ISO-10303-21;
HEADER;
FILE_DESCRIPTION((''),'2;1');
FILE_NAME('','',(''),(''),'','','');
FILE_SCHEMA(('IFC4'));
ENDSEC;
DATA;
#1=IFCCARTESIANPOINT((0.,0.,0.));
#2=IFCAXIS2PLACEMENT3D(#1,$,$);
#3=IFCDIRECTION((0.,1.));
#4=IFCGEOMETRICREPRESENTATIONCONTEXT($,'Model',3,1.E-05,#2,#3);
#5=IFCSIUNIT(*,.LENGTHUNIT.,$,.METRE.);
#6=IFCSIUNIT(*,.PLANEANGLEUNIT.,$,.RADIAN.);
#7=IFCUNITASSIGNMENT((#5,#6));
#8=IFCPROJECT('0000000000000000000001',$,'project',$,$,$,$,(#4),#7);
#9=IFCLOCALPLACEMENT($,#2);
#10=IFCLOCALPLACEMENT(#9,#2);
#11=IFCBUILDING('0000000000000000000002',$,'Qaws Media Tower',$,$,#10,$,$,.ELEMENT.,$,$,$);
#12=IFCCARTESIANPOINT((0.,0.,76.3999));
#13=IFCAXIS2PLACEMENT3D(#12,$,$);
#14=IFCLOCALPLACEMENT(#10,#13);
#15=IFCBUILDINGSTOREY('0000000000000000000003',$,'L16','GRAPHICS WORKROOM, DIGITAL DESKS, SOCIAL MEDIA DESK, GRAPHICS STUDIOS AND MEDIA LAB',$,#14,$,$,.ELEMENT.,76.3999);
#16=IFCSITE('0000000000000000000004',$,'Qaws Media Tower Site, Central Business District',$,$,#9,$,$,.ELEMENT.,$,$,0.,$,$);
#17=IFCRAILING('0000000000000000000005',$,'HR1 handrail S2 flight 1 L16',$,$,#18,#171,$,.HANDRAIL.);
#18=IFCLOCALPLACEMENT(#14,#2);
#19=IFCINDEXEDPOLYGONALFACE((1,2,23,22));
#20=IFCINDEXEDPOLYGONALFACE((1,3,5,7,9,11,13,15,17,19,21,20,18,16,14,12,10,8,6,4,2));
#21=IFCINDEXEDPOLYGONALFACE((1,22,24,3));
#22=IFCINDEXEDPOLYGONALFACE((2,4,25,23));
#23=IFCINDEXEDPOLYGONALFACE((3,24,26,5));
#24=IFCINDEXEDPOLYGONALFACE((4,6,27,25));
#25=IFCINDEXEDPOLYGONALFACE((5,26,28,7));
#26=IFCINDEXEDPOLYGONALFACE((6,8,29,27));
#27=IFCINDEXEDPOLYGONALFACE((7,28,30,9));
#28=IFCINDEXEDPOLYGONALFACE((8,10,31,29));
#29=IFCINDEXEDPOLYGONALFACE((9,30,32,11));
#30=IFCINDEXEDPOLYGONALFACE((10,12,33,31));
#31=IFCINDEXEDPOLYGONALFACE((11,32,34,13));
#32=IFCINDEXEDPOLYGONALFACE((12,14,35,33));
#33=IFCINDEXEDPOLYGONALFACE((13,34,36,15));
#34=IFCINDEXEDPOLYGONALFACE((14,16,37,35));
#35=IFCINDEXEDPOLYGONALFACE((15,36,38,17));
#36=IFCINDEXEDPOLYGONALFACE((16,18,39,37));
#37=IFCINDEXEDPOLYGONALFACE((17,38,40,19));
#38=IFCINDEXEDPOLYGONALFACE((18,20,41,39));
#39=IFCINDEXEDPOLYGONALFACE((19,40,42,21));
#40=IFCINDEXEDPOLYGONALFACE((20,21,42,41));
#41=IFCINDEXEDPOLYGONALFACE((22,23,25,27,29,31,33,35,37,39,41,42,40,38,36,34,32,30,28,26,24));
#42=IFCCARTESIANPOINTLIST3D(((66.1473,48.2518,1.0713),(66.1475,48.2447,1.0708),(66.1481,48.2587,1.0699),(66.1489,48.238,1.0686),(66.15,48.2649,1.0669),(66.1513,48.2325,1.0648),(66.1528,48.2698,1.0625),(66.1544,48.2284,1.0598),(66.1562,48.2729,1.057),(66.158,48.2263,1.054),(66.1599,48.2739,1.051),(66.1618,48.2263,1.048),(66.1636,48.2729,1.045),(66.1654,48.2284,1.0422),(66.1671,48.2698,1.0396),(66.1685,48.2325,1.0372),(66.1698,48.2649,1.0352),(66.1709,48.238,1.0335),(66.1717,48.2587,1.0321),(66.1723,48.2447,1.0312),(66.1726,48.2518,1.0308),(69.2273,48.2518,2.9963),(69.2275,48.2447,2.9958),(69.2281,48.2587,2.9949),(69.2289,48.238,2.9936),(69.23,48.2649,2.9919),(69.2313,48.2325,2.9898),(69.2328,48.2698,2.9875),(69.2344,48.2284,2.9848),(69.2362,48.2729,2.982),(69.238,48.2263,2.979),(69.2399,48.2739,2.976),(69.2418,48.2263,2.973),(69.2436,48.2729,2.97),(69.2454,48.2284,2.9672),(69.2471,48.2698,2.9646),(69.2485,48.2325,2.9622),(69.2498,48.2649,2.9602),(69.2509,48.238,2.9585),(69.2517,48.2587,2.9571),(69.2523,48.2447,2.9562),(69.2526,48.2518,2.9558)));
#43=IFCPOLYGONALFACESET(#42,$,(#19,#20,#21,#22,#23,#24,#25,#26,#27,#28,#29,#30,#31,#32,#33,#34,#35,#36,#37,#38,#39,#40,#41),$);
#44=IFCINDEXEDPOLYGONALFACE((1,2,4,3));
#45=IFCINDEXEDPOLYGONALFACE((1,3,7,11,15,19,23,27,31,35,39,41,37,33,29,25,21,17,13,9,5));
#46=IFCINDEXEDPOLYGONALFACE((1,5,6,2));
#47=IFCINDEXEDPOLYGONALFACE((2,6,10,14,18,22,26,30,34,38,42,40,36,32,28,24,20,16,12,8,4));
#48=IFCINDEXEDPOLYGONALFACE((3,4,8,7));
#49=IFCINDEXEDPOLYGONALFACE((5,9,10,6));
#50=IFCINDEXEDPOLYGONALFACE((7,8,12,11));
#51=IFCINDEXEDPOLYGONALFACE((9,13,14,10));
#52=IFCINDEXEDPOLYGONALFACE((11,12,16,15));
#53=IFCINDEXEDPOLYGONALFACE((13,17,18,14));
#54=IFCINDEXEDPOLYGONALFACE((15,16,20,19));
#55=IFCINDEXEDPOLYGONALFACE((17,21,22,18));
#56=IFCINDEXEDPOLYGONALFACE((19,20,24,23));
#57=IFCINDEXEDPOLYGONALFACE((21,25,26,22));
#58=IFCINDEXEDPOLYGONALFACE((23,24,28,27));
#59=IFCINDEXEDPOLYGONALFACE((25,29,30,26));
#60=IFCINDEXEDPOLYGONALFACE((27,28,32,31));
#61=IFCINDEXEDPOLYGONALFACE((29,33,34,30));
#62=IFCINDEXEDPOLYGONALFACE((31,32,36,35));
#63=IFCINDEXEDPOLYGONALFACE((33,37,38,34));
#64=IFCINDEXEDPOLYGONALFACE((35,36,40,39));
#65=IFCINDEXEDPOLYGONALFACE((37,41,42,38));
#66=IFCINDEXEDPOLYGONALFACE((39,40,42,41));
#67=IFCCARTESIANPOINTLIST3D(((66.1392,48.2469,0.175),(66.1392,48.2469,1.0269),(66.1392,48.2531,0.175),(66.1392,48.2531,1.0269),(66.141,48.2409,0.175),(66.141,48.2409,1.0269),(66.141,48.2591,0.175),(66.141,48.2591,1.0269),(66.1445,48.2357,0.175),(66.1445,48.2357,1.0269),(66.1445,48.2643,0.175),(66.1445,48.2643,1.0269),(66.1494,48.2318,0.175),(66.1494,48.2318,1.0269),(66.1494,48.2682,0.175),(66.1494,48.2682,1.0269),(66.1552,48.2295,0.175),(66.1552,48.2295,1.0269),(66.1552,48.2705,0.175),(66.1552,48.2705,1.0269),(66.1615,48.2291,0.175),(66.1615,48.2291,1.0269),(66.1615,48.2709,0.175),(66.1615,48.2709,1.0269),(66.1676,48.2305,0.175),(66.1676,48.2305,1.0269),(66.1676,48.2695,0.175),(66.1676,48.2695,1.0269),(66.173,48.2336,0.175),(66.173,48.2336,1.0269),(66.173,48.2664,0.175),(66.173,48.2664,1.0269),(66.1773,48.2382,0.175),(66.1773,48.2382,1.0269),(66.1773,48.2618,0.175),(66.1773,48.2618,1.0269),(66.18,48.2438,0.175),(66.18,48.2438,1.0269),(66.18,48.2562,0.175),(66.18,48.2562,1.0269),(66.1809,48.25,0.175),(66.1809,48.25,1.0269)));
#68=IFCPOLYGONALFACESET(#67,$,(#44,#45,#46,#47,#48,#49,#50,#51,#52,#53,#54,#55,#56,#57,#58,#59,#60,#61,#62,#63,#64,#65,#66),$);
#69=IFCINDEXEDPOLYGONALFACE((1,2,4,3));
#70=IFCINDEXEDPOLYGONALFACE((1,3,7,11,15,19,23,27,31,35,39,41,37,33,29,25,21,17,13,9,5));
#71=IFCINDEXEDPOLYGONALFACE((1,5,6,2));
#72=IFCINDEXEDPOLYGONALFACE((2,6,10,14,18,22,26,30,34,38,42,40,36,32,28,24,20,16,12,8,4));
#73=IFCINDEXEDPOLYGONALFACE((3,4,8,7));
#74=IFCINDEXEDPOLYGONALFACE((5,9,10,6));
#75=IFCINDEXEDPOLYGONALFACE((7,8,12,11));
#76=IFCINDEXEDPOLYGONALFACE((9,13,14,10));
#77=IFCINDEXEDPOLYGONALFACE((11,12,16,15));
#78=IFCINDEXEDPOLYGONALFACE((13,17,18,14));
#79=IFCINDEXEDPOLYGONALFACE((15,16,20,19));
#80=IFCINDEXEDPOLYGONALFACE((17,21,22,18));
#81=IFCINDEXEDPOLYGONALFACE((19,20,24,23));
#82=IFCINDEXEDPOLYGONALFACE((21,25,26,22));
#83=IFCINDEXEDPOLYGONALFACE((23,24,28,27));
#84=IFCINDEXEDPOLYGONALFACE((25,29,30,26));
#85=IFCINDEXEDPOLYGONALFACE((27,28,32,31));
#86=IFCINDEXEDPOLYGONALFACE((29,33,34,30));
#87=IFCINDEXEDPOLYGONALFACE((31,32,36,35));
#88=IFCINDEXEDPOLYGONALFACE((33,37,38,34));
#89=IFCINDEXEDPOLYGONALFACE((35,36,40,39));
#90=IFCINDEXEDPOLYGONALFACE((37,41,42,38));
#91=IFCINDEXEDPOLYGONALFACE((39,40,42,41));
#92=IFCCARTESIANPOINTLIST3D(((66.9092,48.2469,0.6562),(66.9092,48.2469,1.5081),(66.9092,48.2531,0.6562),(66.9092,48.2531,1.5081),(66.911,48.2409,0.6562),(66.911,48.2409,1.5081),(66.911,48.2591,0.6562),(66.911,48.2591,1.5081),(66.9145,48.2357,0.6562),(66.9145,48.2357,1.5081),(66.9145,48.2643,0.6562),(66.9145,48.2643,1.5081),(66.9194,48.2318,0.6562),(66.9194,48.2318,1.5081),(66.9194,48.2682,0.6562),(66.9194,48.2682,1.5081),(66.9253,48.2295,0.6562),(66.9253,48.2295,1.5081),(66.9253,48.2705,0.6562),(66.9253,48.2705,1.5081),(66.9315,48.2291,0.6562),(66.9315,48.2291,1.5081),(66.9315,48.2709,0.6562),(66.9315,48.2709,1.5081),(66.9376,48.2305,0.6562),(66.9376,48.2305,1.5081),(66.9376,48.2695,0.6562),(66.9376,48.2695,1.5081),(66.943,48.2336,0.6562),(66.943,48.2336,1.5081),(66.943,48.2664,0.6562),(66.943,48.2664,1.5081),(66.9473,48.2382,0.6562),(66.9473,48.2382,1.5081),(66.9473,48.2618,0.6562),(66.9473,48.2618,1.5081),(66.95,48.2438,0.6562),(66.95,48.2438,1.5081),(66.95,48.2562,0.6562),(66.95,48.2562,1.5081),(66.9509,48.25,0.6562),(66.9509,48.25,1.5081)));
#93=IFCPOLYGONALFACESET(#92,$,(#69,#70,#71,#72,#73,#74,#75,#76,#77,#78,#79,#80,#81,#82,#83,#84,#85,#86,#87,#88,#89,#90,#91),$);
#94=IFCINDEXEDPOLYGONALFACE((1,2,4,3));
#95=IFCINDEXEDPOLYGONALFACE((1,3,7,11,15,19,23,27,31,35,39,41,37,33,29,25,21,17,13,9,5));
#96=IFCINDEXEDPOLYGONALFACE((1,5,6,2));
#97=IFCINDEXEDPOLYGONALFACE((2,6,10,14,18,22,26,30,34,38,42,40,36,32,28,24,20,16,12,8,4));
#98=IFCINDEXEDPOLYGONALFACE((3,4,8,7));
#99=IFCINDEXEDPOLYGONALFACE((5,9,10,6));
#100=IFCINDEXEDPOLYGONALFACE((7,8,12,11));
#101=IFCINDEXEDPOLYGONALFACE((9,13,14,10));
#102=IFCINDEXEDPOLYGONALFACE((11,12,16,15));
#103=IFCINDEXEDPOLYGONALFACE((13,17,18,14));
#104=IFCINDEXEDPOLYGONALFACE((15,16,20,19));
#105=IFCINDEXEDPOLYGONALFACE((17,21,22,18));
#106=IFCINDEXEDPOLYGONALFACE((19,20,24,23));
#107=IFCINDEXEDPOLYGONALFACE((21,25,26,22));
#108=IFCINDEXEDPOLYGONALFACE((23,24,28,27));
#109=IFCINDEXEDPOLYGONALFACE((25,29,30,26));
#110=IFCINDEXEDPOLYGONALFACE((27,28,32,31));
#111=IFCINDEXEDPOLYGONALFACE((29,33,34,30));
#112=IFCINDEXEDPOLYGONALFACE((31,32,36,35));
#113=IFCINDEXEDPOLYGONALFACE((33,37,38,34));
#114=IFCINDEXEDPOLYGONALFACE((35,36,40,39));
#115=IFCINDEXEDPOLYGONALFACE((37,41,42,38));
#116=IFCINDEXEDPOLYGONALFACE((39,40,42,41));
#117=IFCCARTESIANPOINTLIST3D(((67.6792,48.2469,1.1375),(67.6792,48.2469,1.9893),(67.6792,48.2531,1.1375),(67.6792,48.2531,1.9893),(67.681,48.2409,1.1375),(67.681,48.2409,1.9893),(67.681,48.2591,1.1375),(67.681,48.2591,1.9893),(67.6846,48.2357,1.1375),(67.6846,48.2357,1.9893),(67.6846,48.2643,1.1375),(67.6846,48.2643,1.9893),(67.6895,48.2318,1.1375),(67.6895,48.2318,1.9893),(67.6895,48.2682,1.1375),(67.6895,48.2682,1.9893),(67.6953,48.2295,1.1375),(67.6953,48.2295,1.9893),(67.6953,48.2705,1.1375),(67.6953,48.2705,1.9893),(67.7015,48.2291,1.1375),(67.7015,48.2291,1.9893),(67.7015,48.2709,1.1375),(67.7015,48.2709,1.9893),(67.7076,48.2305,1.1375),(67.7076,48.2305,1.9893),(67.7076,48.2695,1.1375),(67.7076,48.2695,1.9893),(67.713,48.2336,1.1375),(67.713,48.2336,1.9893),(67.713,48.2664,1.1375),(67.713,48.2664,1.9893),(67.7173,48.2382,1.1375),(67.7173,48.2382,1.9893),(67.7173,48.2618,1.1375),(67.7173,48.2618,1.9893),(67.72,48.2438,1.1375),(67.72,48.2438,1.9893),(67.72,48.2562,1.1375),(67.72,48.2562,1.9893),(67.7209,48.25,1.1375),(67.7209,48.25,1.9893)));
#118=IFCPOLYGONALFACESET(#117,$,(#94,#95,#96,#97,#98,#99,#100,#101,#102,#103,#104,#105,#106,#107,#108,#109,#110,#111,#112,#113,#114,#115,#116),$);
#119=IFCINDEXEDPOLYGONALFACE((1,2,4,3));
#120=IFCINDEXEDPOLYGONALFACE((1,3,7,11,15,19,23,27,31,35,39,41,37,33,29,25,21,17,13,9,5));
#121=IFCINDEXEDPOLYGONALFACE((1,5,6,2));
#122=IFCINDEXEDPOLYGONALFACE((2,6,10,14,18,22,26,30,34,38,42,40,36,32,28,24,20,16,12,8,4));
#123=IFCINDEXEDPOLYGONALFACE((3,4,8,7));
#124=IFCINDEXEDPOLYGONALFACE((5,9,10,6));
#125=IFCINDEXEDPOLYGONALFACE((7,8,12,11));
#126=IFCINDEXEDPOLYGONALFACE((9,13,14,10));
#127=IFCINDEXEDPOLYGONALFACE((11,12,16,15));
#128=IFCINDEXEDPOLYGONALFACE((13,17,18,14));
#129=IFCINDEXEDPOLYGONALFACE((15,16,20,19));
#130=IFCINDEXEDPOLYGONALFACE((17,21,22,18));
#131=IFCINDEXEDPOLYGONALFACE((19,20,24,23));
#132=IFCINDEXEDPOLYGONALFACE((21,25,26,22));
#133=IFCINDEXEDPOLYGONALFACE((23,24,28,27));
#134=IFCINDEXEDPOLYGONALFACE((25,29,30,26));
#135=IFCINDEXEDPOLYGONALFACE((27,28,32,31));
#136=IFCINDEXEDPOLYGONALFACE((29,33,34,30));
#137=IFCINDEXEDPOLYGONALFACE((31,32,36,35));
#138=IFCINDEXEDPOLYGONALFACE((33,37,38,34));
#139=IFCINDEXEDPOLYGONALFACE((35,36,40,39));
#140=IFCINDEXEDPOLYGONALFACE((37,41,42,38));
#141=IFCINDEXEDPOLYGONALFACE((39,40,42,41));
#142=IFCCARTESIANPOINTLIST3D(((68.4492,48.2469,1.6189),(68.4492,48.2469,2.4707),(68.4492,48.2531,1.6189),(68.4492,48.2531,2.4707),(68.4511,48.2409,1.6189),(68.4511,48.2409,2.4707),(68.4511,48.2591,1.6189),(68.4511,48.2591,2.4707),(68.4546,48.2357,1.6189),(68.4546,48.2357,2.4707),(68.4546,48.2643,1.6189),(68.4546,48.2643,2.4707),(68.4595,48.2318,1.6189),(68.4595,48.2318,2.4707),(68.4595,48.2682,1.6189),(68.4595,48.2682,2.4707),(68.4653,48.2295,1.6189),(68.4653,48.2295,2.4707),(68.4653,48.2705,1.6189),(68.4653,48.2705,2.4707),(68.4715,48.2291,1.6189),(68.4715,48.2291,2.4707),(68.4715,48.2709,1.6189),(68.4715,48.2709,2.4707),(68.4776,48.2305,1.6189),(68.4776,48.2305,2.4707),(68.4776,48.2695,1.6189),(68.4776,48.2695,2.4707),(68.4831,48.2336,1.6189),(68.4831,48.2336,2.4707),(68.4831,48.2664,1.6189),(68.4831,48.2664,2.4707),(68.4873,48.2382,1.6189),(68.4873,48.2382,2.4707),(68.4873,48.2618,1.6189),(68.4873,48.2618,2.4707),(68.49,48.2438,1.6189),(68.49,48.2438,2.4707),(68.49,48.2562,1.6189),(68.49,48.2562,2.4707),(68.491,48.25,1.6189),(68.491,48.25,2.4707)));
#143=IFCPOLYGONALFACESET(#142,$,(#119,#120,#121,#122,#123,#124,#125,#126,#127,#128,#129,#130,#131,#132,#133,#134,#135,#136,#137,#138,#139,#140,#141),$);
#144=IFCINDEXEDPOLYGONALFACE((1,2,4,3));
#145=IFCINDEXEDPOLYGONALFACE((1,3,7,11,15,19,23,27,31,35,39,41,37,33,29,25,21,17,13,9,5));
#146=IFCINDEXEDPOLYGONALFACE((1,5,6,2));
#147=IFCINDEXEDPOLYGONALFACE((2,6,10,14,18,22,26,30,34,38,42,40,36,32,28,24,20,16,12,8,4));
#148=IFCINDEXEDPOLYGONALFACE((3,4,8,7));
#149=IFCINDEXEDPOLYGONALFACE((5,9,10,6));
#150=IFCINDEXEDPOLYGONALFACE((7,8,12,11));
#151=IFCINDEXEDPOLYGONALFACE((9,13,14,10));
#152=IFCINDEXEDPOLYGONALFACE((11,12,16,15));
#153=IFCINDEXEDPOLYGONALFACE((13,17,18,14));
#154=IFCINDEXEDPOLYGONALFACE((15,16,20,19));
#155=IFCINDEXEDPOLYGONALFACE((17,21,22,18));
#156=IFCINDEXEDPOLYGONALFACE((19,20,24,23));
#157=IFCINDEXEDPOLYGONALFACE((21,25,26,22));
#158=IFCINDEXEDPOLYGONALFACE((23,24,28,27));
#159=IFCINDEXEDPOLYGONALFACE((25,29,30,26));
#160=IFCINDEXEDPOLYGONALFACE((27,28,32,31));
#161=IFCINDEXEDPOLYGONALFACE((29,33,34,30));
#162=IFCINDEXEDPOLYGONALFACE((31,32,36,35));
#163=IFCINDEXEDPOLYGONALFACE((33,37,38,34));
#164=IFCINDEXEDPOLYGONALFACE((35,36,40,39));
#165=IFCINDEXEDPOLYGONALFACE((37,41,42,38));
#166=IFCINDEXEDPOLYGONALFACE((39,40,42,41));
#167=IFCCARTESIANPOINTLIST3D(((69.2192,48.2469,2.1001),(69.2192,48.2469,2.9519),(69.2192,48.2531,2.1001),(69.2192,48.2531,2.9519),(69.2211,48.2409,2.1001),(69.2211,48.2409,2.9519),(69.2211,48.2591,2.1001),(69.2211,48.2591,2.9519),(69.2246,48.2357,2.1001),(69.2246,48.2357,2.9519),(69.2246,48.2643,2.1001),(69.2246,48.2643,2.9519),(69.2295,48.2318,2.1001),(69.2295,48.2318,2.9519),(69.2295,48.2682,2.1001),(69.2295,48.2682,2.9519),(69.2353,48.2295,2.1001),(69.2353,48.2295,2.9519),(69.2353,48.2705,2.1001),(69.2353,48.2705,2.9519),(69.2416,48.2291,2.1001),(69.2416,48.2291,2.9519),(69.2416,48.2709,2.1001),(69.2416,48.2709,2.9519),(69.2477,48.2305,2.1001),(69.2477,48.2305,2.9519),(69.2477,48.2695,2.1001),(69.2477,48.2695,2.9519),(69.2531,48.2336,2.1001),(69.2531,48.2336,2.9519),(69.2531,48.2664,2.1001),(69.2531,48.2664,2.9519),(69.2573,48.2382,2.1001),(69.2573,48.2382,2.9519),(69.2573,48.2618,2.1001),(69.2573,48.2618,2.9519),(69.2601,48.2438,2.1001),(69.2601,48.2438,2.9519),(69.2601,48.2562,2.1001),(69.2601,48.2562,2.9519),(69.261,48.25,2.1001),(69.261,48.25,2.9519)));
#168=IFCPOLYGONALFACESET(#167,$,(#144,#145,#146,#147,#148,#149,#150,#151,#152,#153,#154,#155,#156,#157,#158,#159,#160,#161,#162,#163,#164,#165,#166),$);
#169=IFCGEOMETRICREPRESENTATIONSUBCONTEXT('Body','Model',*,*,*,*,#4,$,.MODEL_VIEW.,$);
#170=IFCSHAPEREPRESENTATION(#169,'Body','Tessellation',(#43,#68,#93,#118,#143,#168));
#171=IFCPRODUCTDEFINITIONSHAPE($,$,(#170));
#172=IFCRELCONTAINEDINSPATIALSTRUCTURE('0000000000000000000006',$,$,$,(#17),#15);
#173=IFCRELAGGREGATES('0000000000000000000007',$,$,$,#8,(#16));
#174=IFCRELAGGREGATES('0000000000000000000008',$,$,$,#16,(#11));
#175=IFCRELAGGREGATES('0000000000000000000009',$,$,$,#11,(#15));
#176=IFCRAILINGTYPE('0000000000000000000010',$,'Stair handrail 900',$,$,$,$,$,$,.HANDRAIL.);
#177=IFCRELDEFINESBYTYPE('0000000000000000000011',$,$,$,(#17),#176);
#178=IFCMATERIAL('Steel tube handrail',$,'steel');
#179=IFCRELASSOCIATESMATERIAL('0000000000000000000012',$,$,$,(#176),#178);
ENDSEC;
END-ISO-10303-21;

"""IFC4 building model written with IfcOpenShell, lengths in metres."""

from ifc_helpers import new_model, si_unit, direction, frame, origin, origin_2d, place, context, subcontext, project, spatial, circle, extrude, material, type_object, element, save


model = new_model("IFC4")

# Units and contexts
model_context = context("Model", 3, precision=1e-05, world=origin(), true_north=direction((0.0, 1.0)))
body_context = subcontext(model_context, "Body", "Model", "MODEL_VIEW")
ifc_project = project(units=[si_unit("LENGTHUNIT", "METRE"), si_unit("PLANEANGLEUNIT", "RADIAN")], contexts=[model_context])

# Site, building, storey
site_placement = place(None, origin())
site = spatial("IfcSite", under=ifc_project, at=site_placement, Name="Qaws Media Tower Site, Central Business District", CompositionType="ELEMENT", RefElevation=0.0)
building_placement = place(site_placement, origin())
building = spatial("IfcBuilding", under=site, at=building_placement, Name="Qaws Media Tower", CompositionType="ELEMENT")
storey_placement = place(building_placement, frame((0.0, 0.0, 76.3999)))
storey = spatial("IfcBuildingStorey", under=building, at=storey_placement, Name="L16", Description="GRAPHICS WORKROOM, DIGITAL DESKS, SOCIAL MEDIA DESK, GRAPHICS STUDIOS AND MEDIA LAB", CompositionType="ELEMENT", Elevation=76.3999)

# Railing
ifc_material_1 = material(Name="Steel tube handrail", Category="steel")
railing_type = type_object("IfcRailingType", Name="Stair handrail 900", PredefinedType="HANDRAIL", material=ifc_material_1)
for number, where, name in (
    (1, (66.1599, 48.25, 0.175), "HR1 handrail S2 flight 1 L16"),
):
    element("IfcRailing", number, at=place(storey_placement, frame(where)), inside=storey, type_object=railing_type, Name=name, PredefinedType="HANDRAIL", context=body_context, shape_type="SweptSolid", body=[
        extrude(circle(Radius=0.0239, at=origin_2d()), frame((0.0, 0.0, 0.876), z_axis=(0.847998, 0.0, 0.529999), x_axis=(0.0, 1.0, 0.0)), (0.0, 0.0, 1.0), 3.6321),
        extrude(circle(Radius=0.021, at=origin_2d()), origin(), (0.0, 0.0, 1.0), 0.8518),
        extrude(circle(Radius=0.021, at=origin_2d()), frame((0.77, 0.0, 0.4812)), (0.0, 0.0, 1.0), 0.8518),
        extrude(circle(Radius=0.021, at=origin_2d()), frame((1.54, 0.0, 0.9624)), (0.0, 0.0, 1.0), 0.8518),
        extrude(circle(Radius=0.021, at=origin_2d()), frame((2.3101, 0.0, 1.4438)), (0.0, 0.0, 1.0), 0.8518),
        extrude(circle(Radius=0.021, at=origin_2d()), frame((3.0801, 0.0, 1.925)), (0.0, 0.0, 1.0), 0.8518),
    ])

save(model, "model.ifc")
